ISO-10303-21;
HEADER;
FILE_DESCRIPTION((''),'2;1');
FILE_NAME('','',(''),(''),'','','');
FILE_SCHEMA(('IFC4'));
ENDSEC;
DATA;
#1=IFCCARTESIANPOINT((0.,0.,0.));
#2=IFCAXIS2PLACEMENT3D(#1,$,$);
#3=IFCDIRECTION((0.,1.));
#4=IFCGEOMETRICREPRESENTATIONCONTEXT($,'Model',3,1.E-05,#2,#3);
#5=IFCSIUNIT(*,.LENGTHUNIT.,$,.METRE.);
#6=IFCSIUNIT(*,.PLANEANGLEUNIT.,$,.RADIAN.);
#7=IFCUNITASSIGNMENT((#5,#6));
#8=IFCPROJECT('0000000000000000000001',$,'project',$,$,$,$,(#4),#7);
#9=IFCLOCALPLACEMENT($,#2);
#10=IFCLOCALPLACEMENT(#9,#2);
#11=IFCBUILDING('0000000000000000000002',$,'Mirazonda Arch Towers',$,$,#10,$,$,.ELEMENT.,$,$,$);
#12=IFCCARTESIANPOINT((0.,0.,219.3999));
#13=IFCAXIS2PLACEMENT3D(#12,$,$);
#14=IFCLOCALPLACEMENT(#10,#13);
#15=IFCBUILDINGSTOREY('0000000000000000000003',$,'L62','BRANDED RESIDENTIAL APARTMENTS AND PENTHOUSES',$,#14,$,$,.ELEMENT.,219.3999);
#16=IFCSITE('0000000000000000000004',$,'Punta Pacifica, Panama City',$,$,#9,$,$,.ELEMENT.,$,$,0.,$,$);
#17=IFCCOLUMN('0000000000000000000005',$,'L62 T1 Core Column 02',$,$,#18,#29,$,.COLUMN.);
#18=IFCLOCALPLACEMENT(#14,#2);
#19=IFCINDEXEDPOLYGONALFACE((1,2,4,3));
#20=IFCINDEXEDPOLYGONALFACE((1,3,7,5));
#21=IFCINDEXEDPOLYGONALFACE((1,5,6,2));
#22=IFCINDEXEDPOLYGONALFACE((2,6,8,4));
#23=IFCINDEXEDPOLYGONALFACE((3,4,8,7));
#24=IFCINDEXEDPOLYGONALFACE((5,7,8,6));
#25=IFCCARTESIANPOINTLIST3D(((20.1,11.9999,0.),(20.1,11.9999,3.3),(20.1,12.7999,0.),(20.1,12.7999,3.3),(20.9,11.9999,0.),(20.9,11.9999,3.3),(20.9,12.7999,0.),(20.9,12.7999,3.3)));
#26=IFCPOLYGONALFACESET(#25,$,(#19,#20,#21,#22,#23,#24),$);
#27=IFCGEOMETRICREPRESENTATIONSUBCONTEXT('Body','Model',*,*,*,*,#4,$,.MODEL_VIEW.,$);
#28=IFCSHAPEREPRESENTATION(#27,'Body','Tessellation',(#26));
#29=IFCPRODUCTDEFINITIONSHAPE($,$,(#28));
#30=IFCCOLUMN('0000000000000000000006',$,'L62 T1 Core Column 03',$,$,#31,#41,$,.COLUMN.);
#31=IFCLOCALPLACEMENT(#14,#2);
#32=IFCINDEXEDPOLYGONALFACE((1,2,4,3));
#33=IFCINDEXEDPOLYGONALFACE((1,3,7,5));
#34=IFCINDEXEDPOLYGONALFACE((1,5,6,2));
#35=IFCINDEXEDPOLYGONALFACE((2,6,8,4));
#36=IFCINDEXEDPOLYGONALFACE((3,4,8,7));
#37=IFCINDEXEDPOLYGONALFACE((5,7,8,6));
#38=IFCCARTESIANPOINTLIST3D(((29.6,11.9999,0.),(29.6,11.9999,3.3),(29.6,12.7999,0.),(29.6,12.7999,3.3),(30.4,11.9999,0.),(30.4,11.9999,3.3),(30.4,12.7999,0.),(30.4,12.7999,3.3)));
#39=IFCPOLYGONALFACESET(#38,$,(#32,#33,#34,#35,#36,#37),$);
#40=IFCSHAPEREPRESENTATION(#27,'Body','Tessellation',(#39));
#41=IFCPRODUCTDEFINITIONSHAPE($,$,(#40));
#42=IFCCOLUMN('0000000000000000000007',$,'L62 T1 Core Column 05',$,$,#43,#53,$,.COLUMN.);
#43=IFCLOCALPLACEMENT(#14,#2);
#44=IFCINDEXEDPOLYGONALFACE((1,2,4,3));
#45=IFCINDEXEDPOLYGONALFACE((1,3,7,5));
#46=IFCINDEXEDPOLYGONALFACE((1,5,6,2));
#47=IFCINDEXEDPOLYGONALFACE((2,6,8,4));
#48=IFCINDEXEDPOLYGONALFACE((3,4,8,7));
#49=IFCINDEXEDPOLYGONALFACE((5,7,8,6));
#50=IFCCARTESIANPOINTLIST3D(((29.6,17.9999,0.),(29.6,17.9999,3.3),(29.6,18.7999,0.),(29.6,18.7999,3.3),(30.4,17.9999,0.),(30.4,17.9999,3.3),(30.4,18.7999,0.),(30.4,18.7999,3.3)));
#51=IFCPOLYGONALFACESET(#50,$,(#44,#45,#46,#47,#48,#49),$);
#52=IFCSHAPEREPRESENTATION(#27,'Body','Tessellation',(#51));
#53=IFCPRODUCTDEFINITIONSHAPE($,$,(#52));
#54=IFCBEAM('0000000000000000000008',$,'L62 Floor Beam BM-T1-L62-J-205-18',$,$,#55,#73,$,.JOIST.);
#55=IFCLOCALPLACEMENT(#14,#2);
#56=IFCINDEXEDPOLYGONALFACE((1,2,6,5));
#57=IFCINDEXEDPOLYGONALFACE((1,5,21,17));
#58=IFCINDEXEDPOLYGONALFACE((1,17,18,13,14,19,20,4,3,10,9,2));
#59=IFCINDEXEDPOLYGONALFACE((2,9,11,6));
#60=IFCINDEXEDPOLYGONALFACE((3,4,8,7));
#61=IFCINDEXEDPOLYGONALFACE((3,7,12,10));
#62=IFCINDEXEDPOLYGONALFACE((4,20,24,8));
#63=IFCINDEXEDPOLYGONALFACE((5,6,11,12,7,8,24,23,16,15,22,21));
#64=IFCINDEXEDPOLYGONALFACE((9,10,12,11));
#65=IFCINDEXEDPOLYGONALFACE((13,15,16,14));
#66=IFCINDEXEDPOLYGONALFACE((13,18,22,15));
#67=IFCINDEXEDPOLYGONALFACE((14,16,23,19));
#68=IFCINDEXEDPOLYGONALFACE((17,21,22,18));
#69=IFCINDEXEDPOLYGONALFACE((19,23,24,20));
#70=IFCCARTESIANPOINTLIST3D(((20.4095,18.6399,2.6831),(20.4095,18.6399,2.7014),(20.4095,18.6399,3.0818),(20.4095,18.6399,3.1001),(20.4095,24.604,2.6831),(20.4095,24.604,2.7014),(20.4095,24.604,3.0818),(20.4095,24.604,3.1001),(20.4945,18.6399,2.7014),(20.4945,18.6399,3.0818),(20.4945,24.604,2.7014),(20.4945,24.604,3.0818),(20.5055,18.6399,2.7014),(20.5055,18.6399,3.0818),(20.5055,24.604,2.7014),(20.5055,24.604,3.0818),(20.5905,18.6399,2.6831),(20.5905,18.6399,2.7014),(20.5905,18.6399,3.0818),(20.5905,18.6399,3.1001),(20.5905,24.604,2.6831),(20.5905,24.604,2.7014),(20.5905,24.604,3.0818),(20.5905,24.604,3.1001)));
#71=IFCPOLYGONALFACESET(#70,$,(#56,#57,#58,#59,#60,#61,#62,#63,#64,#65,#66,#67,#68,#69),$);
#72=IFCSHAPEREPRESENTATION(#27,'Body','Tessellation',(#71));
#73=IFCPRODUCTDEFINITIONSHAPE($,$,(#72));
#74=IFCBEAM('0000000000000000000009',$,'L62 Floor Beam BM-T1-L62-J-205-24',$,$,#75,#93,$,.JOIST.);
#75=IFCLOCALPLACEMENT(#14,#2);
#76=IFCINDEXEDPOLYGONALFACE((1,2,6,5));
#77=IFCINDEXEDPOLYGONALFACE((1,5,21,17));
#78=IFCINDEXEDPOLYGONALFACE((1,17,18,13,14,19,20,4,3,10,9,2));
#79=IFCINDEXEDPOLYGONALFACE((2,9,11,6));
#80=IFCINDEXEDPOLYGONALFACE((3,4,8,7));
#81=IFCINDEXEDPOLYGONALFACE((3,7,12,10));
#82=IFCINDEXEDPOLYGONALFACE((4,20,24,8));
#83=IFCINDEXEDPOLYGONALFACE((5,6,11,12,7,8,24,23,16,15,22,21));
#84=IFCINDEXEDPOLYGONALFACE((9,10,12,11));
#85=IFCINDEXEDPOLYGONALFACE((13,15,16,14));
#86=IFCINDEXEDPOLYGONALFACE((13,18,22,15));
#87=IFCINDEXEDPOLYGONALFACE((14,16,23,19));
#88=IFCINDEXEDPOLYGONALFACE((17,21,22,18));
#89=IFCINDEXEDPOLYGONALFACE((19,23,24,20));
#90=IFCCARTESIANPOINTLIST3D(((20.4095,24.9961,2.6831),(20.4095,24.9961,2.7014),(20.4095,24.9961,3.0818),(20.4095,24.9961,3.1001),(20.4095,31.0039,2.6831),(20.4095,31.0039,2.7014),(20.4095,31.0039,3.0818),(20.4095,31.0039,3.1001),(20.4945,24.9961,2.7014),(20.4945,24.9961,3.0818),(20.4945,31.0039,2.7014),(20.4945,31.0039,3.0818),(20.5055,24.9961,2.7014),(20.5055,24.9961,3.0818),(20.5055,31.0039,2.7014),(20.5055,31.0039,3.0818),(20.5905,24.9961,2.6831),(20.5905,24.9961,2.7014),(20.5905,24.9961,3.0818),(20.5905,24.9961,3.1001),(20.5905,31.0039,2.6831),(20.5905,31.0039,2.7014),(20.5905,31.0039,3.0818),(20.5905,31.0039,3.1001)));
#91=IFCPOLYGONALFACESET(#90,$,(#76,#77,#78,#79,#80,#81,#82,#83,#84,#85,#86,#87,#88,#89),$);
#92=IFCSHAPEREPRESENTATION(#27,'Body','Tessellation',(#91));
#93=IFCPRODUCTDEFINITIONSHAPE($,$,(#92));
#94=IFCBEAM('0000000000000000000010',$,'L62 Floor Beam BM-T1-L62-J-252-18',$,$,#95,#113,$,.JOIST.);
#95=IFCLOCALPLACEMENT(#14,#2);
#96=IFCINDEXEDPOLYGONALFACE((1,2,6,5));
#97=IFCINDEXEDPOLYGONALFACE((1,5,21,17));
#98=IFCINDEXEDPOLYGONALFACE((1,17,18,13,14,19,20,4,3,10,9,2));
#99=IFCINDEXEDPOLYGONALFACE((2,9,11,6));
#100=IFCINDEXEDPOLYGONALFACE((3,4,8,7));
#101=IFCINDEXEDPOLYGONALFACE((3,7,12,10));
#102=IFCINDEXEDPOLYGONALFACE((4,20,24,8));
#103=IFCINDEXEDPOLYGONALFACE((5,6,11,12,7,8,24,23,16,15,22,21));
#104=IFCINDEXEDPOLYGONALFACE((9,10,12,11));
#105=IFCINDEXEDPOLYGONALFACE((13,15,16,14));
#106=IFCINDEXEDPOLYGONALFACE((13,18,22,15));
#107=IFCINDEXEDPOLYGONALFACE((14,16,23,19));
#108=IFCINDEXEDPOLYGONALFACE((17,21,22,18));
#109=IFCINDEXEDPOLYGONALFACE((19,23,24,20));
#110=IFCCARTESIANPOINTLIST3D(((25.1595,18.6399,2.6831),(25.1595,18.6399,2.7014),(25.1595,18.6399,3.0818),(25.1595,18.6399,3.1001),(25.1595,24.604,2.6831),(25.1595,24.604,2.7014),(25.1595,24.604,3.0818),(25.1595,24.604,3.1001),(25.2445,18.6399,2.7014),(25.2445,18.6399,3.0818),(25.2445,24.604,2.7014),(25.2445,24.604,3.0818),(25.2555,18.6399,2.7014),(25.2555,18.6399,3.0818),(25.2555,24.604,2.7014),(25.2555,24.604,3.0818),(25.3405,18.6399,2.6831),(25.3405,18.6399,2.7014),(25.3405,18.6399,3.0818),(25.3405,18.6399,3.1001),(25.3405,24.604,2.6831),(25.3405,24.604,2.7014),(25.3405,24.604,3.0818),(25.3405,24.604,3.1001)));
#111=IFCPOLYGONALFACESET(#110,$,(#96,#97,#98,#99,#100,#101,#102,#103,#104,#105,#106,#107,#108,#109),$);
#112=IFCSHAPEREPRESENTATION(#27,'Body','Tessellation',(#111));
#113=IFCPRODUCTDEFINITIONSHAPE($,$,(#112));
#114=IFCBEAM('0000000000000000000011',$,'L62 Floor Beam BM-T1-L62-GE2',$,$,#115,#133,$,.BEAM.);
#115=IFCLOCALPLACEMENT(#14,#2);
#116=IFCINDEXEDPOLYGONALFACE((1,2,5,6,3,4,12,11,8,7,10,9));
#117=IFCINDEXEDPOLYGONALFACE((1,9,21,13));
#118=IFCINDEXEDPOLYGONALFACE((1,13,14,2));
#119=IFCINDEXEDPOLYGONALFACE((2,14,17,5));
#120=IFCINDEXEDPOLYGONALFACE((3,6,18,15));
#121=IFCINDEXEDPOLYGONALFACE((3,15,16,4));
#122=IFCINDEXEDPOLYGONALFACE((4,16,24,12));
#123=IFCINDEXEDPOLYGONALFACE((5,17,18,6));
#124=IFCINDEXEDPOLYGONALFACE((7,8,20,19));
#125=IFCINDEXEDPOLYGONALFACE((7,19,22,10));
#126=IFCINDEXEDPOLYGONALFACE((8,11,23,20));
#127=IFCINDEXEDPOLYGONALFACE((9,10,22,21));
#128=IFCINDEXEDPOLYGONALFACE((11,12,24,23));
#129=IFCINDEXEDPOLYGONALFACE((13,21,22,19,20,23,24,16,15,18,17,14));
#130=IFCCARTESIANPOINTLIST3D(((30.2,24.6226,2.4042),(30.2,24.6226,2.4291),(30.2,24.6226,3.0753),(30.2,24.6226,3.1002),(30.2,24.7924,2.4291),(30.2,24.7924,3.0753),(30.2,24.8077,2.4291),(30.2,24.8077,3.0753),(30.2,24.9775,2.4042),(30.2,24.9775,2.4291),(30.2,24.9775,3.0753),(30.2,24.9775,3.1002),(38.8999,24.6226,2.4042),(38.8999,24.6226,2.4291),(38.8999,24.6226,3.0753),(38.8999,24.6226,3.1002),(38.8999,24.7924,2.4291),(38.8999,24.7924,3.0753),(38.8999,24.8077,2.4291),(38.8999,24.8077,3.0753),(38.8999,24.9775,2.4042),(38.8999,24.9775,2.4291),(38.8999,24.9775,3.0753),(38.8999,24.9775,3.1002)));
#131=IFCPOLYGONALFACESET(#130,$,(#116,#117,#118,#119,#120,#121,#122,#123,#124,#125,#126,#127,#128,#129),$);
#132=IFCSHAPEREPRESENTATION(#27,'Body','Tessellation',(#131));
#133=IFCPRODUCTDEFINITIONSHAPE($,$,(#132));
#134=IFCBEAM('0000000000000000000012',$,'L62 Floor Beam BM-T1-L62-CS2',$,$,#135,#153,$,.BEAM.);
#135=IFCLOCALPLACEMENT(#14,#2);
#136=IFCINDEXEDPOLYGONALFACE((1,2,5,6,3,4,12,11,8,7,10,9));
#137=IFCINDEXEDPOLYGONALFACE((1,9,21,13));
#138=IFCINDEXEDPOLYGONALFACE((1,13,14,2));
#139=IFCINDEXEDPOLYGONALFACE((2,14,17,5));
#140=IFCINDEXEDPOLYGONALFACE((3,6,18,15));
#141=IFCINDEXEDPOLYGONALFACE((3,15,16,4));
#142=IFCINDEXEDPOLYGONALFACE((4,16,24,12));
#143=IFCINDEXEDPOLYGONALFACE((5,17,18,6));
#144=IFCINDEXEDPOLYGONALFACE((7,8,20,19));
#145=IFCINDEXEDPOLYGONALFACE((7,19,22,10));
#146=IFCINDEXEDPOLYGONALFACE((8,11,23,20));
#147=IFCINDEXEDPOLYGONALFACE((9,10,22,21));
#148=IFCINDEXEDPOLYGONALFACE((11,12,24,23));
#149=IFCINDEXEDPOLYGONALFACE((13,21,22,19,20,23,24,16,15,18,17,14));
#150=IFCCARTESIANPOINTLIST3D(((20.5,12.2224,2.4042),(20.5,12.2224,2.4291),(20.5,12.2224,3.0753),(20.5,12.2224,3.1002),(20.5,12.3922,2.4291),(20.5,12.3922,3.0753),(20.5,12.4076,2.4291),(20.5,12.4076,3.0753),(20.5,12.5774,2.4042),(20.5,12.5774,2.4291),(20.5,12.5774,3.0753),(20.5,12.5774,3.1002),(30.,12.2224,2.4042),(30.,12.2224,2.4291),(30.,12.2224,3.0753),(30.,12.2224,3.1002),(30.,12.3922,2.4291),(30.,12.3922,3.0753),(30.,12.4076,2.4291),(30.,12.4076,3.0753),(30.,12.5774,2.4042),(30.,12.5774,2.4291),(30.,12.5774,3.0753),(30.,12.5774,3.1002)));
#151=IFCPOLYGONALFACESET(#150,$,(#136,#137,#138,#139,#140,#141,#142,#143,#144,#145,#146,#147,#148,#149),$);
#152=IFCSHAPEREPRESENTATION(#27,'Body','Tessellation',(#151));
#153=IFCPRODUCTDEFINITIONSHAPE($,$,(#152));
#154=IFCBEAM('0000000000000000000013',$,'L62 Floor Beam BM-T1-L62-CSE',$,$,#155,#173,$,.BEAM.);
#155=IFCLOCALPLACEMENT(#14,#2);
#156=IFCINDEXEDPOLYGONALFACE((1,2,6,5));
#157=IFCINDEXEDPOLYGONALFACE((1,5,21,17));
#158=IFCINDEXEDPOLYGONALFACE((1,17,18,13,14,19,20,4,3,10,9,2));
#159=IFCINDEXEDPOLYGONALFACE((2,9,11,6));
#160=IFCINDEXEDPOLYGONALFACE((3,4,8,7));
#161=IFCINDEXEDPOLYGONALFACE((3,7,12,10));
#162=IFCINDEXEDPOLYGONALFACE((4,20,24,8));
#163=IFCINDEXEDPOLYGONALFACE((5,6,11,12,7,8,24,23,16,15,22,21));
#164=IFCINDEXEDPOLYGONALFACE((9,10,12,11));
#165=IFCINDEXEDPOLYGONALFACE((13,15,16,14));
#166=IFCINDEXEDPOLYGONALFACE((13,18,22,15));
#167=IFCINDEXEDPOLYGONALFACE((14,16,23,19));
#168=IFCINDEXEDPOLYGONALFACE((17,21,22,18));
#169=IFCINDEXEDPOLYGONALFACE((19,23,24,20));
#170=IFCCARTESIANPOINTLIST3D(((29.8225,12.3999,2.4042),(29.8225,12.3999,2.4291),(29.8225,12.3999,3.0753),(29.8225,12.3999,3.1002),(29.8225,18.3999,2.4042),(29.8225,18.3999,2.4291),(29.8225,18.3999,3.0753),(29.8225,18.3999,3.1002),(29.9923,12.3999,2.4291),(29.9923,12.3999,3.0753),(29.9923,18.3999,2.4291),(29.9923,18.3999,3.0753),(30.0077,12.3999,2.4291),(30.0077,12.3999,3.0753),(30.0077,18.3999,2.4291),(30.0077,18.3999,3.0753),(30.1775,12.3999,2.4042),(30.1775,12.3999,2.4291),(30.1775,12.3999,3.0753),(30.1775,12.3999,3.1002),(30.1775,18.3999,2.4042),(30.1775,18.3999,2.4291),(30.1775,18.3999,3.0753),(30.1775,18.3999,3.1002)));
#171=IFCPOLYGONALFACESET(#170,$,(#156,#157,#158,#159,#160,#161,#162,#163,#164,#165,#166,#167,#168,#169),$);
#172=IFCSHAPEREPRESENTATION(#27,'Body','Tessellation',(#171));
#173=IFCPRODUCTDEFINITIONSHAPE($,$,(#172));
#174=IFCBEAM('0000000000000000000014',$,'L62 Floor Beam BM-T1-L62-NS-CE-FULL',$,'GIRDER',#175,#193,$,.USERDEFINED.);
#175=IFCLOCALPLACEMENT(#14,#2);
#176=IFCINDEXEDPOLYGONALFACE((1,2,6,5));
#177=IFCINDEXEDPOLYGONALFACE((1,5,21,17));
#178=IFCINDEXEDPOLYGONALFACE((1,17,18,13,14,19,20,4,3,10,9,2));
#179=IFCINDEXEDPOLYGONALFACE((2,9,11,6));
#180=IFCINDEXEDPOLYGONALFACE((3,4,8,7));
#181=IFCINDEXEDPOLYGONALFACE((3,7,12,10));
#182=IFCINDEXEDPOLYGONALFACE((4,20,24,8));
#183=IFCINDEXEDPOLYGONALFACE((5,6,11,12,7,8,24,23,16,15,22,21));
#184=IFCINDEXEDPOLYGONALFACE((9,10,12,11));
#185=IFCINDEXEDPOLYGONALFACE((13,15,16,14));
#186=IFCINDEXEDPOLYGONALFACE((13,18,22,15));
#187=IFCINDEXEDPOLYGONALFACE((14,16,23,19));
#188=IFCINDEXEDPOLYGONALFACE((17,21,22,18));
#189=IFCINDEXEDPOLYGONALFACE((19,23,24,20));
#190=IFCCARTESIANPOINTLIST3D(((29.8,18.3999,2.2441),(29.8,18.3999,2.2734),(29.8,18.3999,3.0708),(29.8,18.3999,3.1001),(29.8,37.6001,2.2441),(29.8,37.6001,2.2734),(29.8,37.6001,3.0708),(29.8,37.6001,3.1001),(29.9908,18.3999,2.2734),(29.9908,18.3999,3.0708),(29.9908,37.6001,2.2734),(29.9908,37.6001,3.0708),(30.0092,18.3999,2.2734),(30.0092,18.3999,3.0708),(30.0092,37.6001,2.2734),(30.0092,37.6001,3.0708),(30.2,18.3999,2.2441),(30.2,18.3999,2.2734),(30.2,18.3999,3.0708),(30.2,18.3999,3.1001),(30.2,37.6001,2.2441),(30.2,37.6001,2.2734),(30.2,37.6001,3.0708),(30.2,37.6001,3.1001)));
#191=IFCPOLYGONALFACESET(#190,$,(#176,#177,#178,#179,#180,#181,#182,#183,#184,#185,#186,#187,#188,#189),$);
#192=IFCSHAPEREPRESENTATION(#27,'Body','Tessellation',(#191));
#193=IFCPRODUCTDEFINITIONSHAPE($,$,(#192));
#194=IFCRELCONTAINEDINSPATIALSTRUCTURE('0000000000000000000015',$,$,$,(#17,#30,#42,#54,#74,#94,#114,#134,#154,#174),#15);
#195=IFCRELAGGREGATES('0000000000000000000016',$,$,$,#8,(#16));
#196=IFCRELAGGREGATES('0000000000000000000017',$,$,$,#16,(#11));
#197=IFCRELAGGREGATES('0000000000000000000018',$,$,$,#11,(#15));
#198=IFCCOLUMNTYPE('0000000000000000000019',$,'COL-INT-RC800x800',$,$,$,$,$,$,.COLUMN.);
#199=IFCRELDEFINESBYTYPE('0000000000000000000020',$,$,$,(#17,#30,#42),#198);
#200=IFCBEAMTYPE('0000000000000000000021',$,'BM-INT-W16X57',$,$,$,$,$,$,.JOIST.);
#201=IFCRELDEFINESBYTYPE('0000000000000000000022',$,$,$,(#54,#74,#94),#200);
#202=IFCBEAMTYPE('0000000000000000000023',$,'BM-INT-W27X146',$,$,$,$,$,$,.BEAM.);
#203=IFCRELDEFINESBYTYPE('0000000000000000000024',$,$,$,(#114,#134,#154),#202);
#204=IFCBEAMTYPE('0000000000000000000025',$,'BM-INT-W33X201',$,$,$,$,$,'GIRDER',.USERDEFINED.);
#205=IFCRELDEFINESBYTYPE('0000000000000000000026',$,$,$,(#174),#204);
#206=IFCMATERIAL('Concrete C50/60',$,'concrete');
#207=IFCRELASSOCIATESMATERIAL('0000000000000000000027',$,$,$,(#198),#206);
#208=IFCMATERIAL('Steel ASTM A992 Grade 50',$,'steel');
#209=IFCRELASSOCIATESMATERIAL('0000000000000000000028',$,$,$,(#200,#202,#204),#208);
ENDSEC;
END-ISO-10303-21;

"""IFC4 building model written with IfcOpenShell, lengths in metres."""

from ifc_helpers import new_model, si_unit, direction, frame, origin, origin_2d, place, context, subcontext, project, spatial, rectangle, i_section, extrude, material, material_profile, profile_set, type_object, element, save


model = new_model("IFC4")

# Units and contexts
model_context = context("Model", 3, precision=1e-05, world=origin(), true_north=direction((0.0, 1.0)))
body_context = subcontext(model_context, "Body", "Model", "MODEL_VIEW")
ifc_project = project(units=[si_unit("LENGTHUNIT", "METRE"), si_unit("PLANEANGLEUNIT", "RADIAN")], contexts=[model_context])

# Site, building, storey
site_placement = place(None, origin())
site = spatial("IfcSite", under=ifc_project, at=site_placement, Name="Punta Pacifica, Panama City", CompositionType="ELEMENT", RefElevation=0.0)
building_placement = place(site_placement, origin())
building = spatial("IfcBuilding", under=site, at=building_placement, Name="Mirazonda Arch Towers", CompositionType="ELEMENT")
storey_placement = place(building_placement, frame((0.0, 0.0, 219.3999)))
storey = spatial("IfcBuildingStorey", under=building, at=storey_placement, Name="L62", Description="BRANDED RESIDENTIAL APARTMENTS AND PENTHOUSES", CompositionType="ELEMENT", Elevation=219.3999)

# Columns
ifc_material_1 = material(Name="Concrete C50/60", Category="concrete")
ifc_material_profile_1 = material_profile(ifc_material_1, rectangle(XDim=0.8, YDim=0.8, at=origin_2d()), Name="RC800x800")
ifc_profile_set_1 = profile_set([ifc_material_profile_1], Name="Concrete C50/60")
column_type = type_object("IfcColumnType", Name="COL-INT-RC800x800", PredefinedType="COLUMN", material=ifc_profile_set_1)
for number, where, z_axis, x_axis, name in (
    (1, (20.5, 12.3999, 0.0), (0.0, 0.0, 1.0), (1.0, 0.0, 0.0), "L62 T1 Core Column 02"),
    (2, (30.0, 12.3999, 0.0), (0.0, 0.0, 1.0), (1.0, 0.0, 0.0), "L62 T1 Core Column 03"),
    (3, (30.0, 18.3999, 0.0), (0.0, 0.0, 1.0), (1.0, 0.0, 0.0), "L62 T1 Core Column 05"),
):
    element("IfcColumn", number, at=place(storey_placement, frame(where, z_axis=z_axis, x_axis=x_axis)), inside=storey, type_object=column_type, Name=name, PredefinedType="COLUMN", context=body_context, shape_type="SweptSolid", body=[
        extrude(rectangle(XDim=0.8, YDim=0.8, at=origin_2d()), origin(), (0.0, 0.0, 1.0), 3.3),
    ])

# Beams
ifc_material_2 = material(Name="Steel ASTM A992 Grade 50", Category="steel")
ifc_material_profile_2 = material_profile(ifc_material_2, i_section(OverallWidth=0.1809, OverallDepth=0.417, WebThickness=0.011, FlangeThickness=0.0183, at=origin_2d()), Name="W16X57")
ifc_profile_set_2 = profile_set([ifc_material_profile_2], Name="Steel ASTM A992 Grade 50")
beam_type_1 = type_object("IfcBeamType", Name="BM-INT-W16X57", PredefinedType="JOIST", material=ifc_profile_set_2)
beam_1_placement = place(storey_placement, frame((20.5, 18.6399, 2.8916), z_axis=(0.0, 1.0, 0.0), x_axis=(-1.0, 0.0, 0.0)))
element("IfcBeam", 4, at=beam_1_placement, inside=storey, type_object=beam_type_1, Name="L62 Floor Beam BM-T1-L62-J-205-18", PredefinedType="JOIST", context=body_context, shape_type="SweptSolid", body=[
    extrude(i_section(OverallWidth=0.1809, OverallDepth=0.417, WebThickness=0.011, FlangeThickness=0.0183, at=origin_2d()), origin(), (0.0, 0.0, 1.0), 5.9641),
])
beam_2_placement = place(storey_placement, frame((20.5, 24.9961, 2.8916), z_axis=(0.0, 1.0, 0.0), x_axis=(-1.0, 0.0, 0.0)))
element("IfcBeam", 5, at=beam_2_placement, inside=storey, type_object=beam_type_1, Name="L62 Floor Beam BM-T1-L62-J-205-24", PredefinedType="JOIST", context=body_context, shape_type="SweptSolid", body=[
    extrude(i_section(OverallWidth=0.1809, OverallDepth=0.417, WebThickness=0.011, FlangeThickness=0.0183, at=origin_2d()), origin(), (0.0, 0.0, 1.0), 6.0078),
])
beam_3_placement = place(storey_placement, frame((25.25, 18.6399, 2.8916), z_axis=(0.0, 1.0, 0.0), x_axis=(-1.0, 0.0, 0.0)))
element("IfcBeam", 6, at=beam_3_placement, inside=storey, type_object=beam_type_1, Name="L62 Floor Beam BM-T1-L62-J-252-18", PredefinedType="JOIST", context=body_context, shape_type="SweptSolid", body=[
    extrude(i_section(OverallWidth=0.1809, OverallDepth=0.417, WebThickness=0.011, FlangeThickness=0.0183, at=origin_2d()), origin(), (0.0, 0.0, 1.0), 5.9641),
])
ifc_material_profile_3 = material_profile(ifc_material_2, i_section(OverallWidth=0.355, OverallDepth=0.696, WebThickness=0.0154, FlangeThickness=0.0249, at=origin_2d()), Name="W27X146")
ifc_profile_set_3 = profile_set([ifc_material_profile_3], Name="Steel ASTM A992 Grade 50")
beam_type_2 = type_object("IfcBeamType", Name="BM-INT-W27X146", PredefinedType="BEAM", material=ifc_profile_set_3)
beam_4_placement = place(storey_placement, frame((30.2, 24.8, 2.7522), z_axis=(1.0, 0.0, 0.0), x_axis=(0.0, 1.0, 0.0)))
element("IfcBeam", 7, at=beam_4_placement, inside=storey, type_object=beam_type_2, Name="L62 Floor Beam BM-T1-L62-GE2", PredefinedType="BEAM", context=body_context, shape_type="SweptSolid", body=[
    extrude(i_section(OverallWidth=0.355, OverallDepth=0.696, WebThickness=0.0154, FlangeThickness=0.0249, at=origin_2d()), origin(), (0.0, 0.0, 1.0), 8.7),
])
beam_5_placement = place(storey_placement, frame((20.5, 12.3999, 2.7522), z_axis=(1.0, 0.0, 0.0), x_axis=(0.0, 1.0, 0.0)))
element("IfcBeam", 8, at=beam_5_placement, inside=storey, type_object=beam_type_2, Name="L62 Floor Beam BM-T1-L62-CS2", PredefinedType="BEAM", context=body_context, shape_type="SweptSolid", body=[
    extrude(i_section(OverallWidth=0.355, OverallDepth=0.696, WebThickness=0.0154, FlangeThickness=0.0249, at=origin_2d()), origin(), (0.0, 0.0, 1.0), 9.5),
])
beam_6_placement = place(storey_placement, frame((30.0, 12.3999, 2.7522), z_axis=(0.0, 1.0, 0.0), x_axis=(-1.0, 0.0, 0.0)))
element("IfcBeam", 9, at=beam_6_placement, inside=storey, type_object=beam_type_2, Name="L62 Floor Beam BM-T1-L62-CSE", PredefinedType="BEAM", context=body_context, shape_type="SweptSolid", body=[
    extrude(i_section(OverallWidth=0.355, OverallDepth=0.696, WebThickness=0.0154, FlangeThickness=0.0249, at=origin_2d()), origin(), (0.0, 0.0, 1.0), 6.0),
])
ifc_material_profile_4 = material_profile(ifc_material_2, i_section(OverallWidth=0.3999, OverallDepth=0.856, WebThickness=0.0183, FlangeThickness=0.0293, at=origin_2d()), Name="W33X201")
ifc_profile_set_4 = profile_set([ifc_material_profile_4], Name="Steel ASTM A992 Grade 50")
beam_type_3 = type_object("IfcBeamType", Name="BM-INT-W33X201", ElementType="GIRDER", PredefinedType="USERDEFINED", material=ifc_profile_set_4)
beam_7_placement = place(storey_placement, frame((30.0, 18.3999, 2.6721), z_axis=(0.0, 1.0, 0.0), x_axis=(-1.0, 0.0, 0.0)))
element("IfcBeam", 10, at=beam_7_placement, inside=storey, type_object=beam_type_3, Name="L62 Floor Beam BM-T1-L62-NS-CE-FULL", ObjectType="GIRDER", PredefinedType="USERDEFINED", context=body_context, shape_type="SweptSolid", body=[
    extrude(i_section(OverallWidth=0.3999, OverallDepth=0.856, WebThickness=0.0183, FlangeThickness=0.0293, at=origin_2d()), origin(), (0.0, 0.0, 1.0), 19.2002),
])

save(model, "model.ifc")
